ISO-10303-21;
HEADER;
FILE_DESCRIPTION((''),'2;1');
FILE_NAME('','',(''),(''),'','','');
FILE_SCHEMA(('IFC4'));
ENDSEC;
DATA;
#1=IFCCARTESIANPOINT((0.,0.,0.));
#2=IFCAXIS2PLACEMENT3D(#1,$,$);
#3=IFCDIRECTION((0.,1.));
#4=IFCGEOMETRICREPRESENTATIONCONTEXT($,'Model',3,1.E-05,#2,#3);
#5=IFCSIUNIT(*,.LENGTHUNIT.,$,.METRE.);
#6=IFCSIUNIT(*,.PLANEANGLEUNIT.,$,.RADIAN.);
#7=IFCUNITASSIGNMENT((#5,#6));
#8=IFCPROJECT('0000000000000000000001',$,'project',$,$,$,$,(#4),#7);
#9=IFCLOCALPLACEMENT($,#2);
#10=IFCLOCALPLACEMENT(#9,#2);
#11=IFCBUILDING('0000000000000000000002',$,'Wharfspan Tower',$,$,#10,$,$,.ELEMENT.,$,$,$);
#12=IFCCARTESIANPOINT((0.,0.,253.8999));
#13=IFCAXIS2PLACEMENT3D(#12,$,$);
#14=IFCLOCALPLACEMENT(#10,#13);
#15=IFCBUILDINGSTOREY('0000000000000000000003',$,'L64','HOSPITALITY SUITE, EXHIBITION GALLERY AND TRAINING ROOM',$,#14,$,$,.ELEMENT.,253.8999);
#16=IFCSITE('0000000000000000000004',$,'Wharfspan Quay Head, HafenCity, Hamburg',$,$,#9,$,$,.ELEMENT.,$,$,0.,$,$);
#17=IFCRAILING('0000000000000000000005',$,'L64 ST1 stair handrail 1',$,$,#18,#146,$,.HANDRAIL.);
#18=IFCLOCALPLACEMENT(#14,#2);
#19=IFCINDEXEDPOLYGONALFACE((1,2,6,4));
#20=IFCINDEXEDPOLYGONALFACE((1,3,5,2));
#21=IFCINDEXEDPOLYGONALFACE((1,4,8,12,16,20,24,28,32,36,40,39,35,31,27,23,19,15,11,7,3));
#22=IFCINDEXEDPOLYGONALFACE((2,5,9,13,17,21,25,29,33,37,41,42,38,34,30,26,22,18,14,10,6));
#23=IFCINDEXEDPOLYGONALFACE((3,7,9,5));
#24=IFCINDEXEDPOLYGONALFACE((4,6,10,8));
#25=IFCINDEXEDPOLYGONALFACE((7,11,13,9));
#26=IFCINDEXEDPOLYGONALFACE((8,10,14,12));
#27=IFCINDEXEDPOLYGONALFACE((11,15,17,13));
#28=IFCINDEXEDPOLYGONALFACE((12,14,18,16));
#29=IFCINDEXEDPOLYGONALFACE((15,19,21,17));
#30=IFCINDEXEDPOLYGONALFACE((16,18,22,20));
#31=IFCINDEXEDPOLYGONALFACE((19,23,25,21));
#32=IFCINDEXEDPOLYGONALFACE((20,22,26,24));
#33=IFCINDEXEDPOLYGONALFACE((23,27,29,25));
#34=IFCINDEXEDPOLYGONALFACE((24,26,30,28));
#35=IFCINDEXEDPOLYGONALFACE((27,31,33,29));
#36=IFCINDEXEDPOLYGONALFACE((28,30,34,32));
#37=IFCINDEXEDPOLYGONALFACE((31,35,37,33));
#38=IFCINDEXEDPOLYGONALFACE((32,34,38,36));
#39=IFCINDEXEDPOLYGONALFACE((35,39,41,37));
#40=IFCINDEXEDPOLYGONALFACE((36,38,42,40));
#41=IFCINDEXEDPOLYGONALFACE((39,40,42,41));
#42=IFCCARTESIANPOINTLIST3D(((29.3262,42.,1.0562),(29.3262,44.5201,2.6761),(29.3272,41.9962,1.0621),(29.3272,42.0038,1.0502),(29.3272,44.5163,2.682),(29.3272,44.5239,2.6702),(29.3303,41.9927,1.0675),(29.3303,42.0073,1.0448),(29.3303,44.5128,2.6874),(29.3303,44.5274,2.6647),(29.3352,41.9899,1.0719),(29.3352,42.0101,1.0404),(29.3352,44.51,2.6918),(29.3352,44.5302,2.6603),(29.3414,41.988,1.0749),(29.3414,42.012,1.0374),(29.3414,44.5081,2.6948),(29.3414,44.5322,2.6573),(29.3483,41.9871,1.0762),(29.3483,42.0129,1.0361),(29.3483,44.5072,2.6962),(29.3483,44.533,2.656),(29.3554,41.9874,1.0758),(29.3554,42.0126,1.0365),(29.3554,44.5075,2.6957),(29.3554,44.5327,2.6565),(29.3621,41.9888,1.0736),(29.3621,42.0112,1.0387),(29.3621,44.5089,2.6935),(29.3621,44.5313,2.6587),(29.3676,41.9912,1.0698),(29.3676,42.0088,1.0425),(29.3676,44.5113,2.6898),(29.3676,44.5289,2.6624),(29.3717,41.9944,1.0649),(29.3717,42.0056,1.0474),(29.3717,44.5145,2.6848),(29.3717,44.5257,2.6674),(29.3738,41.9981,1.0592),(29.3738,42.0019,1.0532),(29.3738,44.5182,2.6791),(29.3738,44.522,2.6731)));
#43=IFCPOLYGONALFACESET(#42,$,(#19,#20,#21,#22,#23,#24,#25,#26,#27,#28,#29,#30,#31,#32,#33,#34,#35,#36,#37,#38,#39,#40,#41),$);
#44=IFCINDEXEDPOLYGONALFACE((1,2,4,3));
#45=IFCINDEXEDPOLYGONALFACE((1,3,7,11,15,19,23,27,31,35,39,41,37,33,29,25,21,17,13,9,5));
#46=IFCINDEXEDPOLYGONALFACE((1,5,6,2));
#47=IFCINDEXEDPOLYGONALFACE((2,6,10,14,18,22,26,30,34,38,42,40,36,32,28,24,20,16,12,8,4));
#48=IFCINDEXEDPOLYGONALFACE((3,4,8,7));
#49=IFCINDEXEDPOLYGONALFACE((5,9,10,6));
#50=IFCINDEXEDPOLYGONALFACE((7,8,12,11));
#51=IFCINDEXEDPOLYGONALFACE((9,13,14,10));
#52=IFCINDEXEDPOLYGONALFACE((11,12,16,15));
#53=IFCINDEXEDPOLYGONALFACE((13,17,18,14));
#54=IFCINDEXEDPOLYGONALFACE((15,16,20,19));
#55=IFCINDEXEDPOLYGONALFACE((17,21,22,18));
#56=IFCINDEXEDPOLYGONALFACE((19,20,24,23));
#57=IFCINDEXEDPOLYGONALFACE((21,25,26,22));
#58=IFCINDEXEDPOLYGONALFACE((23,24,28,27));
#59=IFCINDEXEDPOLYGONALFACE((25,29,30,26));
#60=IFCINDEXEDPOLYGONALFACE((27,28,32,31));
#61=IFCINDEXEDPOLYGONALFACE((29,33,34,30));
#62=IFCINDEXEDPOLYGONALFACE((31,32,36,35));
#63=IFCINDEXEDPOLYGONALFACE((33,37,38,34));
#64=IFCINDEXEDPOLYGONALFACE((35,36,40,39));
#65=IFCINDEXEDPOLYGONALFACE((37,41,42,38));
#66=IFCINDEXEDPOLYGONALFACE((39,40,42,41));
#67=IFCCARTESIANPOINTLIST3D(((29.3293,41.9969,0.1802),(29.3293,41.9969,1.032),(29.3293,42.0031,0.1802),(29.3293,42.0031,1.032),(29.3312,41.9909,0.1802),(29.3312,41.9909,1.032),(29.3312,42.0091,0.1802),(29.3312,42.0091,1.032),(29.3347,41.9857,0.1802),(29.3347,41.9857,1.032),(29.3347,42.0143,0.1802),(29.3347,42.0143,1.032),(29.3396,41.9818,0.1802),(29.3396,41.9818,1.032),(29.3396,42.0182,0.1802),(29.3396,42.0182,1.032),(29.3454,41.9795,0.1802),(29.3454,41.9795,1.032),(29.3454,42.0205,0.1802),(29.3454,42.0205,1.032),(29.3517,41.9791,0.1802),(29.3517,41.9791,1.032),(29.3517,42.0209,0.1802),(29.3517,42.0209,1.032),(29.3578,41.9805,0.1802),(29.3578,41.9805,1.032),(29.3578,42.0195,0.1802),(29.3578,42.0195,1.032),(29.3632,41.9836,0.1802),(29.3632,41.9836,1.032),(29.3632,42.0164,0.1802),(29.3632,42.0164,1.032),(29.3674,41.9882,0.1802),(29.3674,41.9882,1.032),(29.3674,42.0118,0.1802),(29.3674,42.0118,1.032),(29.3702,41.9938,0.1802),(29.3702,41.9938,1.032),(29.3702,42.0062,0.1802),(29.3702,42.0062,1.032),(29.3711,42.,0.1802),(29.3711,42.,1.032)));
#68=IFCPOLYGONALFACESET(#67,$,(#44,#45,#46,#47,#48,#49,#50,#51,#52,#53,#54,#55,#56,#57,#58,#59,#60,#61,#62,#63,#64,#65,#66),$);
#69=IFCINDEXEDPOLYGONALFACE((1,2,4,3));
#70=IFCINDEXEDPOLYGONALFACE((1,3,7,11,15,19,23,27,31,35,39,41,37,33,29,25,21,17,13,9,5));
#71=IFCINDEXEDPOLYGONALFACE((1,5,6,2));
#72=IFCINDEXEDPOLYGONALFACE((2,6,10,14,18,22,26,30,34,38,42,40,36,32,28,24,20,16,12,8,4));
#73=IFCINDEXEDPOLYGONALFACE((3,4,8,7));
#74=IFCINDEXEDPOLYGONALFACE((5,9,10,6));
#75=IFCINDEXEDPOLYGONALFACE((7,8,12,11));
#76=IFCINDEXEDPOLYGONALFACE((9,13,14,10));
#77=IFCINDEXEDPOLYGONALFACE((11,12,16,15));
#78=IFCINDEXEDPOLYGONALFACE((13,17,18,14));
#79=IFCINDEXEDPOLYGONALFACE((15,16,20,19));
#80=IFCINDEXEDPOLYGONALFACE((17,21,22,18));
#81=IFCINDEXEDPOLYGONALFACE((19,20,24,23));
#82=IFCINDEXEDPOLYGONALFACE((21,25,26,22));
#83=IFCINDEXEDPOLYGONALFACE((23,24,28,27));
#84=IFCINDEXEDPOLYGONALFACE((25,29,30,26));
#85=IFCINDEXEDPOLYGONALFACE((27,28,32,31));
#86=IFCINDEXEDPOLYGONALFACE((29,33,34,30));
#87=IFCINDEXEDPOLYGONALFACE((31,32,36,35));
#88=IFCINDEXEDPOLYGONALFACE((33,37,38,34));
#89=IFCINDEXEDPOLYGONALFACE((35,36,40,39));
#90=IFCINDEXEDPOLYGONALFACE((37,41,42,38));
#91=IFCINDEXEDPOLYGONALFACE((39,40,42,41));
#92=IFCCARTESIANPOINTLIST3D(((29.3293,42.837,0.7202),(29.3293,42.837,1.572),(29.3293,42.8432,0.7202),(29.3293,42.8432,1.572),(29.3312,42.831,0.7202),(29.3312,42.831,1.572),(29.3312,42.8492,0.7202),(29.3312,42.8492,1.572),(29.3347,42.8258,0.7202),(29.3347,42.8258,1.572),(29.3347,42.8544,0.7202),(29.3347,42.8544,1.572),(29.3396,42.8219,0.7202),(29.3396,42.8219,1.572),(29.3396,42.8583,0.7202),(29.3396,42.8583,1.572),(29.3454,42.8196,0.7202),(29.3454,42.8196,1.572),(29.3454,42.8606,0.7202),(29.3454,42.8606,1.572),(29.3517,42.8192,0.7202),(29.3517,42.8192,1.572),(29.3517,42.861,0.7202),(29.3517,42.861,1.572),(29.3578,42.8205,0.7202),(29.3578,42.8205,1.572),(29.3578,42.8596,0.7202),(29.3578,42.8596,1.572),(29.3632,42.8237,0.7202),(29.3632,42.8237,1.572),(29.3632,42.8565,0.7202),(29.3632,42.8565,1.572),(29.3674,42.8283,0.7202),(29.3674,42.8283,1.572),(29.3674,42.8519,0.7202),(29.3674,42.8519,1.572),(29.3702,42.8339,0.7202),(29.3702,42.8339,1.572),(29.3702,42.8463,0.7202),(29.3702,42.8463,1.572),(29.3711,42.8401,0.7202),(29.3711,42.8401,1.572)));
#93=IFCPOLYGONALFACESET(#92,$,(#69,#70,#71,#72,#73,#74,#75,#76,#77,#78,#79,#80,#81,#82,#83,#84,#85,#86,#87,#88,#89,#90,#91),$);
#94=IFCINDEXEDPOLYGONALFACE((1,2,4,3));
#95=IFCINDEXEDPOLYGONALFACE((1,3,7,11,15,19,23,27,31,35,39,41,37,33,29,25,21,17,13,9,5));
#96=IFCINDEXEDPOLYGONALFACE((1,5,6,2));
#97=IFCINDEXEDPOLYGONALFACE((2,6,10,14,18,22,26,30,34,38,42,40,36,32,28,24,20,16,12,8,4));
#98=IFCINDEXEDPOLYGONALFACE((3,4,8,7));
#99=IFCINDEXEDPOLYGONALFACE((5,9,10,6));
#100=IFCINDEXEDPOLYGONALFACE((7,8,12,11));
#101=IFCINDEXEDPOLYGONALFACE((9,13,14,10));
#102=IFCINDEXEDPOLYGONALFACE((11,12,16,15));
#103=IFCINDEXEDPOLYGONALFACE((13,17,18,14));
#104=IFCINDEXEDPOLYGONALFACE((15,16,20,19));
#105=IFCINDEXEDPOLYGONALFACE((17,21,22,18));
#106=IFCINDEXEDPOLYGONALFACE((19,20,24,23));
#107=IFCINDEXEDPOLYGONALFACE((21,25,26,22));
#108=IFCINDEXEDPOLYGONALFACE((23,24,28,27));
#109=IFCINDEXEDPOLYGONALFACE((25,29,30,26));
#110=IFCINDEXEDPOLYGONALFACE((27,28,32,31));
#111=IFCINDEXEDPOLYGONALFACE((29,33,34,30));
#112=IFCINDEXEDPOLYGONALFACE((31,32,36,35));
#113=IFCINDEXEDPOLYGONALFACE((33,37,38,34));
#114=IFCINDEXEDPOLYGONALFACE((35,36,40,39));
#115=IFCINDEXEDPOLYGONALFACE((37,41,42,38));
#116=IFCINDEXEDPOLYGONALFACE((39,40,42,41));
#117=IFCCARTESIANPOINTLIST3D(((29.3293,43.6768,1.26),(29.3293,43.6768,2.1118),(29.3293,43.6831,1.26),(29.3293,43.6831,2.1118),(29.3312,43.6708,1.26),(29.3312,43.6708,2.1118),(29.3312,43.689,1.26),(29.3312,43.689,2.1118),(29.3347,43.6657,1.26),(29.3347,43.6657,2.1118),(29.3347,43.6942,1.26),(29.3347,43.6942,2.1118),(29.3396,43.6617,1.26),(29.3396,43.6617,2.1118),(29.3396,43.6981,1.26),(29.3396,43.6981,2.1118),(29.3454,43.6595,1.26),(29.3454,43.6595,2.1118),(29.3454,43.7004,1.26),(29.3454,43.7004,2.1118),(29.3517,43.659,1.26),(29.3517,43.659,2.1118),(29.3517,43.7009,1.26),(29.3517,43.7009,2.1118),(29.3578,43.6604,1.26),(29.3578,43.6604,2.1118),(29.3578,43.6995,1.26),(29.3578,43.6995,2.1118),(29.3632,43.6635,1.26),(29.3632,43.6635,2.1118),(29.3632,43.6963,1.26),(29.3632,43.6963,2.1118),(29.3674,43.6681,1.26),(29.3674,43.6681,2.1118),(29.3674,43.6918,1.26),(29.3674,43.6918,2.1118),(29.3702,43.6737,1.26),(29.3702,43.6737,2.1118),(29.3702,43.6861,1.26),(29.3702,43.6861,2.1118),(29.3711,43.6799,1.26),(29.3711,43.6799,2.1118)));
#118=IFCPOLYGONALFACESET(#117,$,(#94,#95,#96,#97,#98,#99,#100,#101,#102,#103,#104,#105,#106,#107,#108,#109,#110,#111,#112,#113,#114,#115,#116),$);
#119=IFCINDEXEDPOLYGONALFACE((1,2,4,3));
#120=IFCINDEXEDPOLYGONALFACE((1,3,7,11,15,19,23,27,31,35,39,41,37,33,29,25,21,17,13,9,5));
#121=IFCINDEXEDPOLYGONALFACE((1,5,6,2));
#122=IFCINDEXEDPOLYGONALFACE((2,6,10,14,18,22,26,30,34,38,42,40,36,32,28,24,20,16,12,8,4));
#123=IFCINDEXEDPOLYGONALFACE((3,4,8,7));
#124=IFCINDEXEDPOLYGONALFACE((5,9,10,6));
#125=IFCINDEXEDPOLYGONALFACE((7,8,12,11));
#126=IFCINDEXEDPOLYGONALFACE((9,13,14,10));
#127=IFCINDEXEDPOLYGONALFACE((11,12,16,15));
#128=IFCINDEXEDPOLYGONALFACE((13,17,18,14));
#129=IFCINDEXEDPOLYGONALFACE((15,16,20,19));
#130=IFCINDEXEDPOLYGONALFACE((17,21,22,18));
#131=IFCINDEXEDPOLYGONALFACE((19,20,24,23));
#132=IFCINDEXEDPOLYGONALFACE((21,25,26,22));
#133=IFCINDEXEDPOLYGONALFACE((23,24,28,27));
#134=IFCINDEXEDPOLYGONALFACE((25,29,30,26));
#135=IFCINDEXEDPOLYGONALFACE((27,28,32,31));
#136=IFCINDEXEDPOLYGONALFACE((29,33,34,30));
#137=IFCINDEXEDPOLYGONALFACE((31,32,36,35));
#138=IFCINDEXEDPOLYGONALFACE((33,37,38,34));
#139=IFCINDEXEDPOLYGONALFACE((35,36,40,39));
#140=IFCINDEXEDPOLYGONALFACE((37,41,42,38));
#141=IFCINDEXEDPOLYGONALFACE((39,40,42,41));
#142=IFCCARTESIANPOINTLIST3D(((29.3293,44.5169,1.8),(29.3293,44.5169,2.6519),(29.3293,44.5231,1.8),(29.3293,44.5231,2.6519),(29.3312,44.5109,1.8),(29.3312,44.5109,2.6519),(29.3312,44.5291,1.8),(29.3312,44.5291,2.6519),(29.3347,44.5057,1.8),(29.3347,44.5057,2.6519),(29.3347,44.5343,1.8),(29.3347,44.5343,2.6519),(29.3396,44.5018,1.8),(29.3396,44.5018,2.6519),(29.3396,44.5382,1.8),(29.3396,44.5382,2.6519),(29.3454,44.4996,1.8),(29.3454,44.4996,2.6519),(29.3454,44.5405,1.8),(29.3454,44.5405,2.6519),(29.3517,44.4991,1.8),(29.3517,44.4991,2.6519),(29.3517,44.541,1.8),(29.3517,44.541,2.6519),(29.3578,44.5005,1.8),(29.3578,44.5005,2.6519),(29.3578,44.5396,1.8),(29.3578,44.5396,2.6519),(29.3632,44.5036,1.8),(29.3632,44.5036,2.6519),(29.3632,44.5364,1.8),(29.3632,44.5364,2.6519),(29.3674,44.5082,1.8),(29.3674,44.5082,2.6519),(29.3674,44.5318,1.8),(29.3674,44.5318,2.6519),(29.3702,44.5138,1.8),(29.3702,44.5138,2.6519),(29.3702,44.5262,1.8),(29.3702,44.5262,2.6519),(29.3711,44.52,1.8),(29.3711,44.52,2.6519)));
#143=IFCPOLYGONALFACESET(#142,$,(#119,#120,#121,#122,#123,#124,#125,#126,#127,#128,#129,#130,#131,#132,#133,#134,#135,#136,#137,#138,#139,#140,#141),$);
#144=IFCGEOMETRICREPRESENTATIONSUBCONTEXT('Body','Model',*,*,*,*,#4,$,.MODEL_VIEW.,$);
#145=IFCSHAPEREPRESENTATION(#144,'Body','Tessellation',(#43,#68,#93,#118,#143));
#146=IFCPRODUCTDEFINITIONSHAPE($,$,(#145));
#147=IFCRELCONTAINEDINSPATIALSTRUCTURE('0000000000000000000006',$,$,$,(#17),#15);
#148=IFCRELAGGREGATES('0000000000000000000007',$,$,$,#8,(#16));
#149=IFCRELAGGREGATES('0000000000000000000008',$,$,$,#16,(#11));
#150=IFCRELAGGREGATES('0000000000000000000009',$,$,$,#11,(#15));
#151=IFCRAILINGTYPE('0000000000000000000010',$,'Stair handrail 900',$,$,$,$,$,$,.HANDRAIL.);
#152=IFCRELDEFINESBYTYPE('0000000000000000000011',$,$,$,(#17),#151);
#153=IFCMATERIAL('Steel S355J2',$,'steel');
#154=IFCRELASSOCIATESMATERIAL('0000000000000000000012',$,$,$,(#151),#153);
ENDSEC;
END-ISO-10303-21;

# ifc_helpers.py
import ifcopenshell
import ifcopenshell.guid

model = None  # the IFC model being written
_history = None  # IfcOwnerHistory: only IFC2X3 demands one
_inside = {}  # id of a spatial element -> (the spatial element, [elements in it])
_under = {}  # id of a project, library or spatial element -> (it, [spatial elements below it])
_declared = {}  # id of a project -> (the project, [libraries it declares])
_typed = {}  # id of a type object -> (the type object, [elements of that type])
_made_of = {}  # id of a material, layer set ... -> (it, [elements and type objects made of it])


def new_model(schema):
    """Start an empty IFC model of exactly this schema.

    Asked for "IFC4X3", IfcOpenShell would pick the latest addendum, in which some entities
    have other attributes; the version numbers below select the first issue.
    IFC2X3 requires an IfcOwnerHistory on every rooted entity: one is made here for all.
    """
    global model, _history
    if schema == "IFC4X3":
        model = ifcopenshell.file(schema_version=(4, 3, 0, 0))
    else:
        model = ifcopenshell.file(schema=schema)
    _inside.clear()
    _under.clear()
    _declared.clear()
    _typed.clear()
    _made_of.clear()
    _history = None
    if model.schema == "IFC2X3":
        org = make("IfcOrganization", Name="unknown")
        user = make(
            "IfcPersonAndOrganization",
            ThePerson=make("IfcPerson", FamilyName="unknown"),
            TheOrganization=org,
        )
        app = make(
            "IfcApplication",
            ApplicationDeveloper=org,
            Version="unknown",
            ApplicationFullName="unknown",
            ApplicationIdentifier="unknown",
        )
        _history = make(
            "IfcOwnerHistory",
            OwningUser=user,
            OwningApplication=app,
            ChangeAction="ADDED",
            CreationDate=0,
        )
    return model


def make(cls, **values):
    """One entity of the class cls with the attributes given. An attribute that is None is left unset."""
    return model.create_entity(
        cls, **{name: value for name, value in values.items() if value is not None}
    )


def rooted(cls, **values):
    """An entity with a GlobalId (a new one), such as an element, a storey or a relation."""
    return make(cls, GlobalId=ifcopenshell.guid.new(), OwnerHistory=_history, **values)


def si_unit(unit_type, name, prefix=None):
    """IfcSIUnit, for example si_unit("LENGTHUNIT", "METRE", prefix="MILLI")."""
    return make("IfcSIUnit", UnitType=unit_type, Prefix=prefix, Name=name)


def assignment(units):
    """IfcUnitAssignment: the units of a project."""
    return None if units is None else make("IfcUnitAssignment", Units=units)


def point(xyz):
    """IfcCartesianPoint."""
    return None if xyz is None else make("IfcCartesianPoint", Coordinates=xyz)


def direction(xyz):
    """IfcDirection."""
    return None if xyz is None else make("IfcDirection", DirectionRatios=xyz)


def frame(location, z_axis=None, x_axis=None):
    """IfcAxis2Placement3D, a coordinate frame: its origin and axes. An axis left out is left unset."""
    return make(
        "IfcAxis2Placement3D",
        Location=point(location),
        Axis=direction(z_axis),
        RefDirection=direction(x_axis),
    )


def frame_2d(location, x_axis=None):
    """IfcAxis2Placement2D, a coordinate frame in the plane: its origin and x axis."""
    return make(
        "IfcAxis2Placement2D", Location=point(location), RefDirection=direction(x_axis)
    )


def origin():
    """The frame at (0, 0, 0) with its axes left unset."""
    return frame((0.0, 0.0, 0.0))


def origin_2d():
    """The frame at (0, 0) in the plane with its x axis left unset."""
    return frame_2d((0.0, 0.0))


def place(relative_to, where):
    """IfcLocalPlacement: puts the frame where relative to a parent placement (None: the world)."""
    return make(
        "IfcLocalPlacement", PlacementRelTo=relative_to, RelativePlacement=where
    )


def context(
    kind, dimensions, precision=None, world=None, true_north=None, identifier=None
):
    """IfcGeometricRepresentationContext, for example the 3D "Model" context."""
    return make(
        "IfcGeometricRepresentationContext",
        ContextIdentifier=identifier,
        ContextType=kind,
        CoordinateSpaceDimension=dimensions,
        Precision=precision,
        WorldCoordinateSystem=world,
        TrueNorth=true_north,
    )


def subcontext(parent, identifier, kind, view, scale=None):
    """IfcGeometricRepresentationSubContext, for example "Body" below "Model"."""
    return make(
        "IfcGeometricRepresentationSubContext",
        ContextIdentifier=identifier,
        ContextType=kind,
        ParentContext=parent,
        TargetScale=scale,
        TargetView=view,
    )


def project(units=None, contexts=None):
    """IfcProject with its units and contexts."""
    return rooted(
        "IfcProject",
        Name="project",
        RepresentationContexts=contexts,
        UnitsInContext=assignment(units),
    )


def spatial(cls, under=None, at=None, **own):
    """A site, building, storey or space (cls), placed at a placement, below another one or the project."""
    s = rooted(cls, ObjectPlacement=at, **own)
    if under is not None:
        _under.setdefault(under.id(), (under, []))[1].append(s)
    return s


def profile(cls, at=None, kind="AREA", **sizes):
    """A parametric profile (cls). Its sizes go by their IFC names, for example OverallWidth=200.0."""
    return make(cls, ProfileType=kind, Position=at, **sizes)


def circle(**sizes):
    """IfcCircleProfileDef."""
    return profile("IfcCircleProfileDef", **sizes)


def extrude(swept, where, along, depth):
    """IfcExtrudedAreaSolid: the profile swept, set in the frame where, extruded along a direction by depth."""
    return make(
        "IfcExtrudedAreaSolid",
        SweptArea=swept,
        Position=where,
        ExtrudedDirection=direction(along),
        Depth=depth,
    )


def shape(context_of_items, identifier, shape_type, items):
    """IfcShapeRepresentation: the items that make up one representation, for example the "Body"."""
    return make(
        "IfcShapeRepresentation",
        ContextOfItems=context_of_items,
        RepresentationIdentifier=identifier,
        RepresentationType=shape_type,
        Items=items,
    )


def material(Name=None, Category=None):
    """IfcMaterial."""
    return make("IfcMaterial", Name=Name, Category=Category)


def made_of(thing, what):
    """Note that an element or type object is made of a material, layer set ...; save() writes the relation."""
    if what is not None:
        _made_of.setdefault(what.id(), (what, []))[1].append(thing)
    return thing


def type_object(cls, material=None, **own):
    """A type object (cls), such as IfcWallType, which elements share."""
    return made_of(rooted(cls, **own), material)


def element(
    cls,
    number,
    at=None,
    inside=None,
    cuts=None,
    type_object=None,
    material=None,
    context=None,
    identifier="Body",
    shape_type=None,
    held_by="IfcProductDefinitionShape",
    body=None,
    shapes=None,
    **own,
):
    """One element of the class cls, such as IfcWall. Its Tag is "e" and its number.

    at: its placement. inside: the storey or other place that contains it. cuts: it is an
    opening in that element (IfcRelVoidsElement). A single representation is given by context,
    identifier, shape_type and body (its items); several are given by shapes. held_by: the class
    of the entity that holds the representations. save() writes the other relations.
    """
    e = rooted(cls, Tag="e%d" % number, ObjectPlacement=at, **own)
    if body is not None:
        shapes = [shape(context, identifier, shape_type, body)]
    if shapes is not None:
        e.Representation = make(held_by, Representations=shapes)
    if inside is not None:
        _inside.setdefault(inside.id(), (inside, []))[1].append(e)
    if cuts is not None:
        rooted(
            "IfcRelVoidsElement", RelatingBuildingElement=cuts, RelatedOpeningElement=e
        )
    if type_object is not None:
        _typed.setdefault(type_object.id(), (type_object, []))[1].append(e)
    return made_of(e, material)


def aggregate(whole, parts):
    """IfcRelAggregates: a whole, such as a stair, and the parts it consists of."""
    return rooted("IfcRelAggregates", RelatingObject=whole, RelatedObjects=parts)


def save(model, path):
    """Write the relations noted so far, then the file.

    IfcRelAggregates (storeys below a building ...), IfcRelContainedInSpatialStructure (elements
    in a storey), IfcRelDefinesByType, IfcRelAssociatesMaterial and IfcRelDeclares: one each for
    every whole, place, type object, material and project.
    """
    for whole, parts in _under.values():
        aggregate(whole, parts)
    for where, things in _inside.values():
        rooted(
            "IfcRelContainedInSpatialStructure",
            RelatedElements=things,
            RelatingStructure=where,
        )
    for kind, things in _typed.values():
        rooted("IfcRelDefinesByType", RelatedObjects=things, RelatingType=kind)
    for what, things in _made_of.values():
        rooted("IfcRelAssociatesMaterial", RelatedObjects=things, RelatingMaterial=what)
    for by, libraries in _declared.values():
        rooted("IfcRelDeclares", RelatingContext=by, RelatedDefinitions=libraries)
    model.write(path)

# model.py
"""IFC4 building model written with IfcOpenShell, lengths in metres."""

from ifc_helpers import new_model, si_unit, direction, frame, origin, origin_2d, place, context, subcontext, project, spatial, circle, extrude, material, type_object, element, save


model = new_model("IFC4")

# Units and contexts
model_context = context("Model", 3, precision=1e-05, world=origin(), true_north=direction((0.0, 1.0)))
body_context = subcontext(model_context, "Body", "Model", "MODEL_VIEW")
ifc_project = project(units=[si_unit("LENGTHUNIT", "METRE"), si_unit("PLANEANGLEUNIT", "RADIAN")], contexts=[model_context])

# Site, building, storey
site_placement = place(None, origin())
site = spatial("IfcSite", under=ifc_project, at=site_placement, Name="Wharfspan Quay Head, HafenCity, Hamburg", CompositionType="ELEMENT", RefElevation=0.0)
building_placement = place(site_placement, origin())
building = spatial("IfcBuilding", under=site, at=building_placement, Name="Wharfspan Tower", CompositionType="ELEMENT")
storey_placement = place(building_placement, frame((0.0, 0.0, 253.8999)))
storey = spatial("IfcBuildingStorey", under=building, at=storey_placement, Name="L64", Description="HOSPITALITY SUITE, EXHIBITION GALLERY AND TRAINING ROOM", CompositionType="ELEMENT", Elevation=253.8999)

# Shared definitions
ifc_material_1 = material(Name="Steel S355J2", Category="steel")

# Railing
railing_type_1 = type_object("IfcRailingType", Name="Stair handrail 900", PredefinedType="HANDRAIL", material=ifc_material_1)
railing_1_placement = place(storey_placement, frame((29.3501, 42.0, 0.1802)))
element("IfcRailing", 1, at=railing_1_placement, inside=storey, type_object=railing_type_1, Name="L64 ST1 stair handrail 1", PredefinedType="HANDRAIL", context=body_context, shape_type="SweptSolid", body=[
    extrude(circle(Radius=0.0239, at=origin_2d()), frame((0.0, 0.0, 0.876), z_axis=(0.0, 0.8412, 0.540725), x_axis=(-1.0, 0.0, 0.0)), (0.0, 0.0, 1.0), 2.9958),
    extrude(circle(Radius=0.021, at=origin_2d()), origin(), (0.0, 0.0, 1.0), 0.8518),
    extrude(circle(Radius=0.021, at=origin_2d()), frame((0.0, 0.8401, 0.54)), (0.0, 0.0, 1.0), 0.8518),
    extrude(circle(Radius=0.021, at=origin_2d()), frame((0.0, 1.6799, 1.0798)), (0.0, 0.0, 1.0), 0.8518),
    extrude(circle(Radius=0.021, at=origin_2d()), frame((0.0, 2.52, 1.6199)), (0.0, 0.0, 1.0), 0.8518),
])

save(model, "model.ifc")
